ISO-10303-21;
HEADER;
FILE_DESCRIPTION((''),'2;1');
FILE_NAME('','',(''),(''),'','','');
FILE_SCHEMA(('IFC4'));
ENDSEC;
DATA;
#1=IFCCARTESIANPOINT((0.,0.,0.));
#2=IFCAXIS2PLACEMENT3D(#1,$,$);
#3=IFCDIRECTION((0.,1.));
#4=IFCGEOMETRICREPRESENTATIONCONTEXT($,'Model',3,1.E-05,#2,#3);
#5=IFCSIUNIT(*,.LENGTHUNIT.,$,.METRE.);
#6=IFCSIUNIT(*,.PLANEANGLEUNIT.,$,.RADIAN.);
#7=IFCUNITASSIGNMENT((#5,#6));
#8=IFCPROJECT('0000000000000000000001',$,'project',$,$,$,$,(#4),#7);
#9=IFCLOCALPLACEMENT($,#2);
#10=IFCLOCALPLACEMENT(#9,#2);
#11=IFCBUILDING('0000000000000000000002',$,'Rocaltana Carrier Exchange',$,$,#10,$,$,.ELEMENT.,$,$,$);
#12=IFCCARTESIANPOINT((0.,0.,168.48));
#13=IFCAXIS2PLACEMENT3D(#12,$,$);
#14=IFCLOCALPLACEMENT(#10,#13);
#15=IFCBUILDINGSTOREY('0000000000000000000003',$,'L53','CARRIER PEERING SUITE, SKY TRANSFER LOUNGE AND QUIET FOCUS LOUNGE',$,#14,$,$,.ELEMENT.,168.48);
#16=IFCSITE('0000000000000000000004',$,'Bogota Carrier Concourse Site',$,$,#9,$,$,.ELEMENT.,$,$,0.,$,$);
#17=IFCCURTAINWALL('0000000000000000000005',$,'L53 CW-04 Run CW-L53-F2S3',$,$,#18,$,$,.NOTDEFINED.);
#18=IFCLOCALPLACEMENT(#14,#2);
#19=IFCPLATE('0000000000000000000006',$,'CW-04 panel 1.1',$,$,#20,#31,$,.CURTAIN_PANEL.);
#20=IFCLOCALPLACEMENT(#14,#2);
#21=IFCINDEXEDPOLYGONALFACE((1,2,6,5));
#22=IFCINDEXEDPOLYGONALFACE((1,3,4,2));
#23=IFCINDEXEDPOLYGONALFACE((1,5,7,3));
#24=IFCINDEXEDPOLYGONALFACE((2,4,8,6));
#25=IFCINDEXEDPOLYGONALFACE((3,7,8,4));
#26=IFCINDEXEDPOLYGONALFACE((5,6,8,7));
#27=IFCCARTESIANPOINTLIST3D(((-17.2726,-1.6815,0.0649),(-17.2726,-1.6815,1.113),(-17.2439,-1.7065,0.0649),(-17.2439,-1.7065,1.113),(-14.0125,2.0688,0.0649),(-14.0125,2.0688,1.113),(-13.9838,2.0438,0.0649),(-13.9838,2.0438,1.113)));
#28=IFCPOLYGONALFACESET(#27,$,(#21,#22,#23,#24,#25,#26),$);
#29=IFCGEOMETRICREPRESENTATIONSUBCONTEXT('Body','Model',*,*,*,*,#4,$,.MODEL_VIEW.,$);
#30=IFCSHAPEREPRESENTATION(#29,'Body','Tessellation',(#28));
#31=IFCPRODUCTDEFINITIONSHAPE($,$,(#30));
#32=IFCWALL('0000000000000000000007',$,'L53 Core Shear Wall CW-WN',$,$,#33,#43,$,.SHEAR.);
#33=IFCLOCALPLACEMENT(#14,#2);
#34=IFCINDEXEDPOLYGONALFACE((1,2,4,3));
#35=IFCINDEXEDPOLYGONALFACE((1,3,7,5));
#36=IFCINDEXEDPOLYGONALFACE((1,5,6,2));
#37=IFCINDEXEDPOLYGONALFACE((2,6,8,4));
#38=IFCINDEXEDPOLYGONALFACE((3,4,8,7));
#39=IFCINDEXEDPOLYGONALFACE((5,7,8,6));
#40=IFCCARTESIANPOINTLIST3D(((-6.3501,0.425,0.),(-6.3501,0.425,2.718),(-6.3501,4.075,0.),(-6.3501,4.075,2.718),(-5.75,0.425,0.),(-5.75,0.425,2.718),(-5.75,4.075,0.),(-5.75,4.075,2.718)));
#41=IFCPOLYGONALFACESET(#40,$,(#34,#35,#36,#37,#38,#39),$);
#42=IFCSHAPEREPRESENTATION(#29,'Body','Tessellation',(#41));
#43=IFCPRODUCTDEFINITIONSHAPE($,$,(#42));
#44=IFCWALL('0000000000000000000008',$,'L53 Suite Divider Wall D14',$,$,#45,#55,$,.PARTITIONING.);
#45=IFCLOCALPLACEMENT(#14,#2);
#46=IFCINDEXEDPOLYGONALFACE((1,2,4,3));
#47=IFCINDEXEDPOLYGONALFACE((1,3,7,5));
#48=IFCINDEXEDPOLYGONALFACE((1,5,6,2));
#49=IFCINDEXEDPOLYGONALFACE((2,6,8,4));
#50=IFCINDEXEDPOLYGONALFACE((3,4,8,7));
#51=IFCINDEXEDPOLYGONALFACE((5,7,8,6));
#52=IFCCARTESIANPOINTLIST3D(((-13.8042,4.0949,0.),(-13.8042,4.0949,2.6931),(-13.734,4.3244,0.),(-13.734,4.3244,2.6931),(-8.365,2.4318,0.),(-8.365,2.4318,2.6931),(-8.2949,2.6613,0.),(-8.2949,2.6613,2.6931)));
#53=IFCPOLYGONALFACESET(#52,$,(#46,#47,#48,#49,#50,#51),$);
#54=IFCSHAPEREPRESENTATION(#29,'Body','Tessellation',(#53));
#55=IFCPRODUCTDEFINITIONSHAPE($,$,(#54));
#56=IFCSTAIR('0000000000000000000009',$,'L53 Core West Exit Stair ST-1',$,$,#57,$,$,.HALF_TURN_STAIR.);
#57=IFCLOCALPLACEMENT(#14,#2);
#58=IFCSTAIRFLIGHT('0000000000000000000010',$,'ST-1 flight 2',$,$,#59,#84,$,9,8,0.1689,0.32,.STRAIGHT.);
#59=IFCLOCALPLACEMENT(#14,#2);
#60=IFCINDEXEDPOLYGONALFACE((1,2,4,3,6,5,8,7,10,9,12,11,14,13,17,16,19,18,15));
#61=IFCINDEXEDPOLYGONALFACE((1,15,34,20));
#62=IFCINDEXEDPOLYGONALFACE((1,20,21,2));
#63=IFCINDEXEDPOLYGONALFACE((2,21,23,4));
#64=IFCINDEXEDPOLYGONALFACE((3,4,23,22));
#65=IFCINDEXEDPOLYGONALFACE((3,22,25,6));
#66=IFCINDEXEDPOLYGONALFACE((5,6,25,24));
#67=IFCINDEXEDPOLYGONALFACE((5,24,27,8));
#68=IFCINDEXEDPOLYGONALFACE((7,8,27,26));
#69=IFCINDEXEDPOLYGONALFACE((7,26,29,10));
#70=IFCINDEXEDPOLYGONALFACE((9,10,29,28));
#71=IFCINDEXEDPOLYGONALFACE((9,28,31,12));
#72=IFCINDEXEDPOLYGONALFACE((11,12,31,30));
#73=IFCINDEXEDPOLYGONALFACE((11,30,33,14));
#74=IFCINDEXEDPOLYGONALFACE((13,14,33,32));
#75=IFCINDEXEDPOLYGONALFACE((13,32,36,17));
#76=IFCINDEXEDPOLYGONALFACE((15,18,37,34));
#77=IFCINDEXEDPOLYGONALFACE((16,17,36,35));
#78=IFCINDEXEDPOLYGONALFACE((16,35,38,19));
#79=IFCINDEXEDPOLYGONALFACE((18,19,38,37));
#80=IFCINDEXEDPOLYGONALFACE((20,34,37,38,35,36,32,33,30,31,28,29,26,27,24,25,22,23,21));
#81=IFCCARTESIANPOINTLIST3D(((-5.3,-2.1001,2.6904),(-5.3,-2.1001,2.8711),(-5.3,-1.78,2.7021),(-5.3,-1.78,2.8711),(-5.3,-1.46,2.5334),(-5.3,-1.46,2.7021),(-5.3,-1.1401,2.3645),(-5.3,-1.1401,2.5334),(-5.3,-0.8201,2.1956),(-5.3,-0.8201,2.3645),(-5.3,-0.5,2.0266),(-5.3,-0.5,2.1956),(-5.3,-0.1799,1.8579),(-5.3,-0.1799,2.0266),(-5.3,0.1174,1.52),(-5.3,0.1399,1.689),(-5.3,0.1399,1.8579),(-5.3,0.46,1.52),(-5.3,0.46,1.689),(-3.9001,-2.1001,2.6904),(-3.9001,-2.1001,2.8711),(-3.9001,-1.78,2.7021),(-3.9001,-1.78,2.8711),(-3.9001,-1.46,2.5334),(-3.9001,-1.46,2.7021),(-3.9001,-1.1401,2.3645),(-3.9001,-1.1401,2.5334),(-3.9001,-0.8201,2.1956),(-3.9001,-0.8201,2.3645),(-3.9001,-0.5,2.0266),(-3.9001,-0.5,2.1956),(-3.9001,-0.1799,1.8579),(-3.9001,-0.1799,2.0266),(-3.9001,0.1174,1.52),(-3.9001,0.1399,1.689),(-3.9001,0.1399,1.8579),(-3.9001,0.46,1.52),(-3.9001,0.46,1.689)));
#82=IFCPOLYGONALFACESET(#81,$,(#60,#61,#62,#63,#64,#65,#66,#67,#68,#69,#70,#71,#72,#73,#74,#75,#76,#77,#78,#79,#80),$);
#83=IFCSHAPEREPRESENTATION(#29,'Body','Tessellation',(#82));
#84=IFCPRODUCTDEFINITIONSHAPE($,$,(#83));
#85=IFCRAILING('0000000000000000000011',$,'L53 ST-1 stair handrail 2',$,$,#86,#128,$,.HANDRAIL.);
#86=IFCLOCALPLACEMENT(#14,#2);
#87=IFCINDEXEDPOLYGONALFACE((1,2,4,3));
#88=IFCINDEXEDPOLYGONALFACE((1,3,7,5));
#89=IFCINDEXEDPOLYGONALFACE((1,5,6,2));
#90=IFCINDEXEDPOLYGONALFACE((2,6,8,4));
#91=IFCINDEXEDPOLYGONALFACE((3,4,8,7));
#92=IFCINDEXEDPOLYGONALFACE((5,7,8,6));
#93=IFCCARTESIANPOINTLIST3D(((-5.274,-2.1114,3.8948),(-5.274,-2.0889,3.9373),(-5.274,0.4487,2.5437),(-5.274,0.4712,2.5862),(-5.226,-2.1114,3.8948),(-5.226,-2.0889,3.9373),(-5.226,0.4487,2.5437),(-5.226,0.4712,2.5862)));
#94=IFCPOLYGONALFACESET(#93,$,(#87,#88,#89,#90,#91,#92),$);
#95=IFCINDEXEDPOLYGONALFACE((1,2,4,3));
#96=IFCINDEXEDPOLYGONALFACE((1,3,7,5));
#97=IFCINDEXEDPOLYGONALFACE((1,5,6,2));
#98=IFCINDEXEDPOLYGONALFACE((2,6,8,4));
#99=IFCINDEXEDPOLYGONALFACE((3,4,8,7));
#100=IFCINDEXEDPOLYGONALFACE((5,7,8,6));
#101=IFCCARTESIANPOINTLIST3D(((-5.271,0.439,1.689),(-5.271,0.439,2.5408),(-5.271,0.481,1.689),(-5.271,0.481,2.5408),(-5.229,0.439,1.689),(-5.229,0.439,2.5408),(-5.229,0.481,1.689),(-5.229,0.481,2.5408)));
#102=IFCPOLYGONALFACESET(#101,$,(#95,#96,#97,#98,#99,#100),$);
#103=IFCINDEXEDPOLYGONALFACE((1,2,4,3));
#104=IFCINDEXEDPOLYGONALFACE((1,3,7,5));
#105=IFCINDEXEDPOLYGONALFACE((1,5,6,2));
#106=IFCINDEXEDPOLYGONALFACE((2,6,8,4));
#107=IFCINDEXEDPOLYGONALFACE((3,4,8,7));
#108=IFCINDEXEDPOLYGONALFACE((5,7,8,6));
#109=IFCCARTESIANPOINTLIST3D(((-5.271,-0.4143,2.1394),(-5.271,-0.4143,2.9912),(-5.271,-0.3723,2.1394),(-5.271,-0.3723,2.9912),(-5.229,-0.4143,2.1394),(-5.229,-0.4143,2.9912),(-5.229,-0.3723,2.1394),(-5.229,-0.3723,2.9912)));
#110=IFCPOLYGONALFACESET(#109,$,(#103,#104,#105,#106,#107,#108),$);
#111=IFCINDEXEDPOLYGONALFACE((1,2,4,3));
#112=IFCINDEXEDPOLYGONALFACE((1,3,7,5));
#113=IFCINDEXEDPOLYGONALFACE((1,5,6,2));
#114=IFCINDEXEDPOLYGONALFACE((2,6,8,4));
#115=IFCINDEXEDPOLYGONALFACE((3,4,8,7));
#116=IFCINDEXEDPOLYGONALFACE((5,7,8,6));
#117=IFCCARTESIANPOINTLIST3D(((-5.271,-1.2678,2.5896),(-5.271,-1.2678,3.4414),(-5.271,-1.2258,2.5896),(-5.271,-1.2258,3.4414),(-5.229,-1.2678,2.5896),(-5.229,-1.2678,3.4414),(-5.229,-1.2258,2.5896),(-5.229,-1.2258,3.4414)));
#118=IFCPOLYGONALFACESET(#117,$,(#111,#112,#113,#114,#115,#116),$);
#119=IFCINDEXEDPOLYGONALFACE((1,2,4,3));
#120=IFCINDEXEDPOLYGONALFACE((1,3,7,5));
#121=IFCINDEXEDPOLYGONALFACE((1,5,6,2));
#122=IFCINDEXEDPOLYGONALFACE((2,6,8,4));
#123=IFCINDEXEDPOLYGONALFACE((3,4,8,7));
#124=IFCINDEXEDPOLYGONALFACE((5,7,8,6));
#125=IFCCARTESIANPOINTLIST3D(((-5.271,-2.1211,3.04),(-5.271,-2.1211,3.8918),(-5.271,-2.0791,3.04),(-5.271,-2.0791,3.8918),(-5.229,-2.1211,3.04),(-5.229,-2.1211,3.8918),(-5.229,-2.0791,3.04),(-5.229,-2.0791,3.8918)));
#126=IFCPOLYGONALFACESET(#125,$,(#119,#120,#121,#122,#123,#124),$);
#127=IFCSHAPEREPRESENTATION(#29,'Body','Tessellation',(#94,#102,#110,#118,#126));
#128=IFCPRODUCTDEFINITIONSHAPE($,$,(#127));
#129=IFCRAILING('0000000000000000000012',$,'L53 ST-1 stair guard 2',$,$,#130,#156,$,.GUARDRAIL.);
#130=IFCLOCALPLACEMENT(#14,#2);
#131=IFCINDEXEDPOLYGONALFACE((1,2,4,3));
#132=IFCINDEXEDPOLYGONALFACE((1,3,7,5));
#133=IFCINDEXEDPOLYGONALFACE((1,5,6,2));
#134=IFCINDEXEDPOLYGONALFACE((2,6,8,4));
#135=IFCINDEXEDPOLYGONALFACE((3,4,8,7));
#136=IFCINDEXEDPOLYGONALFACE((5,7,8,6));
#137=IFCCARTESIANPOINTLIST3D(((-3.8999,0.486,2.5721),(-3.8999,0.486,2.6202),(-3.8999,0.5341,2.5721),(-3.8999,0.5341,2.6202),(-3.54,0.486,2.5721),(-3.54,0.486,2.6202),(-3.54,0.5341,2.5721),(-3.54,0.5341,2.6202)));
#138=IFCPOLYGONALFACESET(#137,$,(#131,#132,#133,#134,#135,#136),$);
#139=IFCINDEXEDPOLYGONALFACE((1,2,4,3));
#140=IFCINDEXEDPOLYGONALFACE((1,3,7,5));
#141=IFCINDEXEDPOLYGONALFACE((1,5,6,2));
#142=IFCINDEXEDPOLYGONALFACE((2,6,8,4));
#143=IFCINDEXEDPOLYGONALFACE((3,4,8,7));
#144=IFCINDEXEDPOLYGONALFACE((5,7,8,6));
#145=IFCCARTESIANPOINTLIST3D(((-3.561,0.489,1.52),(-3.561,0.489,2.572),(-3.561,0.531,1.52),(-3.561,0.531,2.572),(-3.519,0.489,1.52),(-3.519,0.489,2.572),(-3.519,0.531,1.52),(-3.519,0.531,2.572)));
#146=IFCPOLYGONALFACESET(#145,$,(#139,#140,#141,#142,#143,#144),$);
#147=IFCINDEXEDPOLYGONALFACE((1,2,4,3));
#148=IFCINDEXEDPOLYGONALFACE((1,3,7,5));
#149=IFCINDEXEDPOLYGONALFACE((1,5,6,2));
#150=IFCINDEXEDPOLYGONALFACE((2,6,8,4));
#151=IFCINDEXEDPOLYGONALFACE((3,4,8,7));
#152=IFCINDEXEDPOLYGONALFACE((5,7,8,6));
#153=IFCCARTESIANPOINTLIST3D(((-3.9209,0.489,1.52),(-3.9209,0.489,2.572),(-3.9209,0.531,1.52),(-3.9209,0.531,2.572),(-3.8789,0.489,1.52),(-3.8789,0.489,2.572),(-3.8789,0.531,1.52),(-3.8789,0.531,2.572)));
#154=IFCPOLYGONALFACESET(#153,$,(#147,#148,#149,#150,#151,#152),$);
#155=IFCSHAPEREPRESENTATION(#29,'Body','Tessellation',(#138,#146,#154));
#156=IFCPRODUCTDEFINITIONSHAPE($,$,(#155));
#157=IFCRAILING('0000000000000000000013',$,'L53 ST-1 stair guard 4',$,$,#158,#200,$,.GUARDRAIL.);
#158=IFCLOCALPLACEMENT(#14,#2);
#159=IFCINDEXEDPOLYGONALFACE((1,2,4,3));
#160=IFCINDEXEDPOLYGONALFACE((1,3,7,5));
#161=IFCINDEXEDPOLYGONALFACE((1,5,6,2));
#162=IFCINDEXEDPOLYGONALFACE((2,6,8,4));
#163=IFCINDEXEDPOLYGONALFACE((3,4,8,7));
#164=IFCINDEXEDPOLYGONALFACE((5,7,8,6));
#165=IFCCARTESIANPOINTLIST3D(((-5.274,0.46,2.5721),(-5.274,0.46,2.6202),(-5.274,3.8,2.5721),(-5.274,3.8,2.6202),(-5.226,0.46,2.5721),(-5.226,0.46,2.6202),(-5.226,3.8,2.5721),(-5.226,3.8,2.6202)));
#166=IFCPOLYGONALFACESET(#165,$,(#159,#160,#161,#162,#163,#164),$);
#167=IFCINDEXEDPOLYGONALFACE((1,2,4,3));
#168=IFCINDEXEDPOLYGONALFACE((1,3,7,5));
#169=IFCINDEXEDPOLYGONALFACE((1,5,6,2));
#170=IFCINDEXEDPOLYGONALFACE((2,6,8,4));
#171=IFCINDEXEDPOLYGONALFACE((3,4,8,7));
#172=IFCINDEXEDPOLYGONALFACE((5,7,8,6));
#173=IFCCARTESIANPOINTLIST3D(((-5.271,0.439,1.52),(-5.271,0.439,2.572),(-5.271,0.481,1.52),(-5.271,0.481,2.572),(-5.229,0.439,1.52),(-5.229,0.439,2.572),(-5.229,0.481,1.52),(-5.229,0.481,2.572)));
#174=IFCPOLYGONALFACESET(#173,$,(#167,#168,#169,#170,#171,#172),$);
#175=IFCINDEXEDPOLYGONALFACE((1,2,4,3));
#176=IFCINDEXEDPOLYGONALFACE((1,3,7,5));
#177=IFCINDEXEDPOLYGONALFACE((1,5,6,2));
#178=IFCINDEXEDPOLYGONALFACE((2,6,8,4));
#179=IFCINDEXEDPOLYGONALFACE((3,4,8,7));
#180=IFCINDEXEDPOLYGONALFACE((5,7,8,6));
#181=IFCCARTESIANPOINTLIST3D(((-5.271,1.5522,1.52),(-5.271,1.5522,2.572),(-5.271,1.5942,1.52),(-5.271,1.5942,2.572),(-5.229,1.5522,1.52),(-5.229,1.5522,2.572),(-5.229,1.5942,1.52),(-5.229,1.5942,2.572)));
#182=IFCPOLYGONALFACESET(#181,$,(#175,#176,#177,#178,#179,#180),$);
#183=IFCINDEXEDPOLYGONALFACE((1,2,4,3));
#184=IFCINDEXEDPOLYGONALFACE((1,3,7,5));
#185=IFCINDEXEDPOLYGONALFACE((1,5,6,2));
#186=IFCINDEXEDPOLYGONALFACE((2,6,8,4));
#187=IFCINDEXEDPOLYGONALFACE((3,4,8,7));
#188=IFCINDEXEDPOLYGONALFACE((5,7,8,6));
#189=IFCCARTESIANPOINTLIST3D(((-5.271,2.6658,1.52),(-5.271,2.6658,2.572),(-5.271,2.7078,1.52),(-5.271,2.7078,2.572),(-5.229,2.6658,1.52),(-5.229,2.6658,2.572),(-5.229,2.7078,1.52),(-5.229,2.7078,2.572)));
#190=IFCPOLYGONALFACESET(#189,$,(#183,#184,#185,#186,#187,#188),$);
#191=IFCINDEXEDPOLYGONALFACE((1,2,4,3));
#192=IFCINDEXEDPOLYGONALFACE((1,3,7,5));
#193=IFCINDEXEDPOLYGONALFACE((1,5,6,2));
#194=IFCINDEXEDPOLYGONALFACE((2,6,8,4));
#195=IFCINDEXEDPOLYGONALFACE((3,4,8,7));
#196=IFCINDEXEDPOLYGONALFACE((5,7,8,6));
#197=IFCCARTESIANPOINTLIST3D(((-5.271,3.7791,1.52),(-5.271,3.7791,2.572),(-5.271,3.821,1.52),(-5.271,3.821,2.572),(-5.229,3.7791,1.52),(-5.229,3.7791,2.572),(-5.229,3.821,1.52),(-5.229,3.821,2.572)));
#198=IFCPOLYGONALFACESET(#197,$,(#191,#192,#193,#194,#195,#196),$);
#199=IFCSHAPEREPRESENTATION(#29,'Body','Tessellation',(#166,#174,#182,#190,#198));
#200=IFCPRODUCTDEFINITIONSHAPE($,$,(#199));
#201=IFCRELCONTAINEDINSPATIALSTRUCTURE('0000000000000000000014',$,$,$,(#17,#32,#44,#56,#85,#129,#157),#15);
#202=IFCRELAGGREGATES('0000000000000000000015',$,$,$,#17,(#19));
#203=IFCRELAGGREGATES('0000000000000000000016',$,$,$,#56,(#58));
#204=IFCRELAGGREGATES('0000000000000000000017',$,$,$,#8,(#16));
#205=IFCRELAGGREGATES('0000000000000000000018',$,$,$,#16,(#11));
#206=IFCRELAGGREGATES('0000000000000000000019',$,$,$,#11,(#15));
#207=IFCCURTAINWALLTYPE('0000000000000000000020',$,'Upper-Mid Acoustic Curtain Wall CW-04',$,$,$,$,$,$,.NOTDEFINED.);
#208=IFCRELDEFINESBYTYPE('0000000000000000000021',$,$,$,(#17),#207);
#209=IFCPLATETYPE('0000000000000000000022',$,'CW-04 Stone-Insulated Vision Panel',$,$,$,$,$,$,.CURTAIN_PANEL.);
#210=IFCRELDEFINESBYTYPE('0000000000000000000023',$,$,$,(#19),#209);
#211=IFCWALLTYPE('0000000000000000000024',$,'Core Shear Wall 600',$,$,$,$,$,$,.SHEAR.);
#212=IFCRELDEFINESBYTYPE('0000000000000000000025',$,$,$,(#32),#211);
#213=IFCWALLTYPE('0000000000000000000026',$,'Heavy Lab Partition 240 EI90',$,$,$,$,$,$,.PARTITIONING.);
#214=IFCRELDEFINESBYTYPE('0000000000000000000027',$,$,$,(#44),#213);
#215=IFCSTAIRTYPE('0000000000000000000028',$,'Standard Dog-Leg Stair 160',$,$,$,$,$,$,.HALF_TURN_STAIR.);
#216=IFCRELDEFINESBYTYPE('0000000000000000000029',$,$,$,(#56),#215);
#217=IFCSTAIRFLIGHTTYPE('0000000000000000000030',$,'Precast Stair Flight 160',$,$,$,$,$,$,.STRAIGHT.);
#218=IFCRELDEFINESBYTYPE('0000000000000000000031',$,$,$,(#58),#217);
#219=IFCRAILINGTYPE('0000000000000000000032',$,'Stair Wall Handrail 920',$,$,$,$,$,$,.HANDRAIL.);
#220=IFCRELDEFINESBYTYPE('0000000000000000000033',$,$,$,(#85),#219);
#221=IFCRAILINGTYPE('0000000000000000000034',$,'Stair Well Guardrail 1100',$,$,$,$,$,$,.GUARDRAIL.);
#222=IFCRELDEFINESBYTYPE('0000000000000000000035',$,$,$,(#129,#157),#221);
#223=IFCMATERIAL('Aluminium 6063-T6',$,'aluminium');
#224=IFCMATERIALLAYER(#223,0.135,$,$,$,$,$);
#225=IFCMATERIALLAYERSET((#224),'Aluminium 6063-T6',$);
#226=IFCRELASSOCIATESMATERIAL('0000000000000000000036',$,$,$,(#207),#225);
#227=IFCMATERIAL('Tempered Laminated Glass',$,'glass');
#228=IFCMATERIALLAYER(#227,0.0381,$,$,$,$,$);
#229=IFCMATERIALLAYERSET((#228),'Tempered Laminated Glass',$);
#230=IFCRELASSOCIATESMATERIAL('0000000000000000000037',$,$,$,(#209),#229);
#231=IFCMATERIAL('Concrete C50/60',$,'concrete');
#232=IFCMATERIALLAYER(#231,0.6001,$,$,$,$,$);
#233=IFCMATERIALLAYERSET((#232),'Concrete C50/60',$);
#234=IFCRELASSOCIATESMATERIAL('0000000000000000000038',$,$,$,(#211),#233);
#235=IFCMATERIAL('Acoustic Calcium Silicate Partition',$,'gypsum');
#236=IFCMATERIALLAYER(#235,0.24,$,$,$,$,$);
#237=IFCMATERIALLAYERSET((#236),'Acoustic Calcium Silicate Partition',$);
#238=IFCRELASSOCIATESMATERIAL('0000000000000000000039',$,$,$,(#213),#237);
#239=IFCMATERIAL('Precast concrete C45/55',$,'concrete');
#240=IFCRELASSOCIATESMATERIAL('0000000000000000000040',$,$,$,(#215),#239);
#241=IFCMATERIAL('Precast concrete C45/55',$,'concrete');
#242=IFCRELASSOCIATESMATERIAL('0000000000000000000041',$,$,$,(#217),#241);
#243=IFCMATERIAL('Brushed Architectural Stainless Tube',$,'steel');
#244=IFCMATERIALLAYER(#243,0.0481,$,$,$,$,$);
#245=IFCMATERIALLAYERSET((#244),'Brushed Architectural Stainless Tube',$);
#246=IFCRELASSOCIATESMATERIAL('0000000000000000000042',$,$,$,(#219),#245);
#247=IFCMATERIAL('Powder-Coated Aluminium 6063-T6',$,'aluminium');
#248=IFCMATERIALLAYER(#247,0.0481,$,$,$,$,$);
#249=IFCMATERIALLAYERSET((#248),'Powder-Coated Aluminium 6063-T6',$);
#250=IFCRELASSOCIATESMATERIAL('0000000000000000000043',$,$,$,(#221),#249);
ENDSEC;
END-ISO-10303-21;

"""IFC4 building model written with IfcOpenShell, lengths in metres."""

from ifc_helpers import new_model, si_unit, direction, frame, frame_2d, origin, origin_2d, place, context, subcontext, project, spatial, polyline, rectangle, outline, extrude, material, layer, layer_set, type_object, element, aggregate, save


model = new_model("IFC4")

# Units and contexts
model_context = context("Model", 3, precision=1e-05, world=origin(), true_north=direction((0.0, 1.0)))
body_context = subcontext(model_context, "Body", "Model", "MODEL_VIEW")
ifc_project = project(units=[si_unit("LENGTHUNIT", "METRE"), si_unit("PLANEANGLEUNIT", "RADIAN")], contexts=[model_context])

# Site, building, storey
site_placement = place(None, origin())
site = spatial("IfcSite", under=ifc_project, at=site_placement, Name="Bogota Carrier Concourse Site", CompositionType="ELEMENT", RefElevation=0.0)
building_placement = place(site_placement, origin())
building = spatial("IfcBuilding", under=site, at=building_placement, Name="Rocaltana Carrier Exchange", CompositionType="ELEMENT")
storey_placement = place(building_placement, frame((0.0, 0.0, 168.48)))
storey = spatial("IfcBuildingStorey", under=building, at=storey_placement, Name="L53", Description="CARRIER PEERING SUITE, SKY TRANSFER LOUNGE AND QUIET FOCUS LOUNGE", CompositionType="ELEMENT", Elevation=168.48)

# Curtain wall
ifc_material_1 = material(Name="Aluminium 6063-T6", Category="aluminium")
ifc_layer_1 = layer(ifc_material_1, 0.135)
ifc_layer_set_1 = layer_set([ifc_layer_1], Name="Aluminium 6063-T6")
curtain_wall_type = type_object("IfcCurtainWallType", Name="Upper-Mid Acoustic Curtain Wall CW-04", PredefinedType="NOTDEFINED", material=ifc_layer_set_1)
curtain_wall_placement = place(storey_placement, origin())
curtain_wall = element("IfcCurtainWall", 1, at=curtain_wall_placement, inside=storey, type_object=curtain_wall_type, Name="L53 CW-04 Run CW-L53-F2S3", PredefinedType="NOTDEFINED")

# Plate
ifc_material_2 = material(Name="Tempered Laminated Glass", Category="glass")
ifc_layer_2 = layer(ifc_material_2, 0.0381)
ifc_layer_set_2 = layer_set([ifc_layer_2], Name="Tempered Laminated Glass")
plate_type = type_object("IfcPlateType", Name="CW-04 Stone-Insulated Vision Panel", PredefinedType="CURTAIN_PANEL", material=ifc_layer_set_2)
plate_placement = place(storey_placement, frame((-15.6282, 0.1812, 0.0649), z_axis=(0.0, 0.0, 1.0), x_axis=(-0.656057, -0.754712, 0.0)))
plate = element("IfcPlate", 2, at=plate_placement, type_object=plate_type, Name="CW-04 panel 1.1", PredefinedType="CURTAIN_PANEL", context=body_context, shape_type="SweptSolid", body=[
    extrude(rectangle(XDim=4.9692, YDim=0.0381, at=origin_2d()), origin(), (0.0, 0.0, 1.0), 1.0481),
])
aggregate(curtain_wall, [plate])

# Walls
ifc_material_3 = material(Name="Concrete C50/60", Category="concrete")
ifc_layer_3 = layer(ifc_material_3, 0.6001)
ifc_layer_set_3 = layer_set([ifc_layer_3], Name="Concrete C50/60")
wall_type_1 = type_object("IfcWallType", Name="Core Shear Wall 600", PredefinedType="SHEAR", material=ifc_layer_set_3)
wall_1_placement = place(storey_placement, frame((-6.05, 0.425, 0.0), z_axis=(0.0, 0.0, 1.0), x_axis=(0.0, 1.0, 0.0)))
element("IfcWall", 3, at=wall_1_placement, inside=storey, type_object=wall_type_1, Name="L53 Core Shear Wall CW-WN", PredefinedType="SHEAR", context=body_context, shape_type="SweptSolid", body=[
    extrude(rectangle(XDim=3.6499, YDim=0.6001, at=frame_2d((1.825, 0.0))), origin(), (0.0, 0.0, 1.0), 2.718),
])
ifc_material_4 = material(Name="Acoustic Calcium Silicate Partition", Category="gypsum")
ifc_layer_4 = layer(ifc_material_4, 0.24)
ifc_layer_set_4 = layer_set([ifc_layer_4], Name="Acoustic Calcium Silicate Partition")
wall_type_2 = type_object("IfcWallType", Name="Heavy Lab Partition 240 EI90", PredefinedType="PARTITIONING", material=ifc_layer_set_4)
wall_2_placement = place(storey_placement, frame((-8.3301, 2.5466, 0.0), z_axis=(0.0, 0.0, 1.0), x_axis=(-0.956297, 0.292396, 0.0)))
element("IfcWall", 4, at=wall_2_placement, inside=storey, type_object=wall_type_2, Name="L53 Suite Divider Wall D14", PredefinedType="PARTITIONING", context=body_context, shape_type="SweptSolid", body=[
    extrude(rectangle(XDim=5.6877, YDim=0.24, at=frame_2d((2.8438, 0.0))), origin(), (0.0, 0.0, 1.0), 2.6931),
])

# Stair, stair flight
ifc_material_5 = material(Name="Precast concrete C45/55", Category="concrete")
stair_type = type_object("IfcStairType", Name="Standard Dog-Leg Stair 160", PredefinedType="HALF_TURN_STAIR", material=ifc_material_5)
stair_placement = place(storey_placement, origin())
stair = element("IfcStair", 5, at=stair_placement, inside=storey, type_object=stair_type, Name="L53 Core West Exit Stair ST-1", PredefinedType="HALF_TURN_STAIR")
ifc_material_6 = material(Name="Precast concrete C45/55", Category="concrete")
stair_flight_type = type_object("IfcStairFlightType", Name="Precast Stair Flight 160", PredefinedType="STRAIGHT", material=ifc_material_6)
stair_flight_placement = place(storey_placement, frame((-4.6001, 0.46, 1.52), z_axis=(0.0, 0.0, 1.0), x_axis=(0.0, -1.0, 0.0)))
stair_flight = element("IfcStairFlight", 6, at=stair_flight_placement, type_object=stair_flight_type, Name="ST-1 flight 2", NumberOfRisers=9, NumberOfTreads=8, PredefinedType="STRAIGHT", RiserHeight=0.1689, TreadLength=0.32, context=body_context, shape_type="SweptSolid", body=[
    extrude(outline(polyline([(0.0, 0.0), (0.0, 0.1689), (0.3201, 0.1689), (0.3201, 0.3379), (0.6399, 0.3379), (0.6399, 0.5066), (0.96, 0.5066), (0.96, 0.6755), (1.28, 0.6755), (1.28, 0.8445), (1.6001, 0.8445), (1.6001, 1.0134), (1.9199, 1.0134), (1.9199, 1.1821), (2.24, 1.1821), (2.24, 1.3511), (2.5601, 1.3511), (2.5601, 1.52), (2.5601, 1.1704), (0.3425, 0.0), (0.0, 0.0)])), frame((0.0, 0.7, 0.0), z_axis=(0.0, -1.0, 0.0), x_axis=(1.0, 0.0, 0.0)), (0.0, 0.0, 1.0), 1.3999),
])
aggregate(stair, [stair_flight])

# Railings
ifc_material_7 = material(Name="Brushed Architectural Stainless Tube", Category="steel")
ifc_layer_5 = layer(ifc_material_7, 0.0481)
ifc_layer_set_5 = layer_set([ifc_layer_5], Name="Brushed Architectural Stainless Tube")
railing_type_1 = type_object("IfcRailingType", Name="Stair Wall Handrail 920", PredefinedType="HANDRAIL", material=ifc_layer_set_5)
railing_1_placement = place(storey_placement, frame((-5.25, 0.46, 1.689)))
element("IfcRailing", 7, at=railing_1_placement, inside=storey, type_object=railing_type_1, Name="L53 ST-1 stair handrail 2", PredefinedType="HANDRAIL", context=body_context, shape_type="SweptSolid", body=[
    extrude(rectangle(XDim=0.0481, YDim=0.0481, at=origin_2d()), frame((0.0, 0.0, 0.876), z_axis=(0.0, -0.884394, 0.46674), x_axis=(1.0, 0.0, 0.0)), (0.0, 0.0, 1.0), 2.8948),
    extrude(rectangle(XDim=0.042, YDim=0.042, at=origin_2d()), origin(), (0.0, 0.0, 1.0), 0.8518),
    extrude(rectangle(XDim=0.042, YDim=0.042, at=origin_2d()), frame((0.0, -0.8533, 0.4504)), (0.0, 0.0, 1.0), 0.8518),
    extrude(rectangle(XDim=0.042, YDim=0.042, at=origin_2d()), frame((0.0, -1.7068, 0.9006)), (0.0, 0.0, 1.0), 0.8518),
    extrude(rectangle(XDim=0.042, YDim=0.042, at=origin_2d()), frame((0.0, -2.5601, 1.3511)), (0.0, 0.0, 1.0), 0.8518),
])
ifc_material_8 = material(Name="Powder-Coated Aluminium 6063-T6", Category="aluminium")
ifc_layer_6 = layer(ifc_material_8, 0.0481)
ifc_layer_set_6 = layer_set([ifc_layer_6], Name="Powder-Coated Aluminium 6063-T6")
railing_type_2 = type_object("IfcRailingType", Name="Stair Well Guardrail 1100", PredefinedType="GUARDRAIL", material=ifc_layer_set_6)
railing_2_placement = place(storey_placement, frame((-3.54, 0.51, 1.52)))
element("IfcRailing", 8, at=railing_2_placement, inside=storey, type_object=railing_type_2, Name="L53 ST-1 stair guard 2", PredefinedType="GUARDRAIL", context=body_context, shape_type="SweptSolid", body=[
    extrude(rectangle(XDim=0.0481, YDim=0.0481, at=origin_2d()), frame((0.0, 0.0, 1.0762), z_axis=(-1.0, 0.0, 0.0), x_axis=(0.0, -1.0, 0.0)), (0.0, 0.0, 1.0), 0.3599),
    extrude(rectangle(XDim=0.042, YDim=0.042, at=origin_2d()), origin(), (0.0, 0.0, 1.0), 1.052),
    extrude(rectangle(XDim=0.042, YDim=0.042, at=origin_2d()), frame((-0.3599, 0.0, 0.0)), (0.0, 0.0, 1.0), 1.052),
])
railing_3_placement = place(storey_placement, frame((-5.25, 0.46, 1.52)))
element("IfcRailing", 9, at=railing_3_placement, inside=storey, type_object=railing_type_2, Name="L53 ST-1 stair guard 4", PredefinedType="GUARDRAIL", context=body_context, shape_type="SweptSolid", body=[
    extrude(rectangle(XDim=0.0481, YDim=0.0481, at=origin_2d()), frame((0.0, 0.0, 1.0762), z_axis=(0.0, 1.0, 0.0), x_axis=(-1.0, 0.0, 0.0)), (0.0, 0.0, 1.0), 3.3401),
    extrude(rectangle(XDim=0.042, YDim=0.042, at=origin_2d()), origin(), (0.0, 0.0, 1.0), 1.052),
    extrude(rectangle(XDim=0.042, YDim=0.042, at=origin_2d()), frame((0.0, 1.1133, 0.0)), (0.0, 0.0, 1.0), 1.052),
    extrude(rectangle(XDim=0.042, YDim=0.042, at=origin_2d()), frame((0.0, 2.2268, 0.0)), (0.0, 0.0, 1.0), 1.052),
    extrude(rectangle(XDim=0.042, YDim=0.042, at=origin_2d()), frame((0.0, 3.3401, 0.0)), (0.0, 0.0, 1.0), 1.052),
])

save(model, "model.ifc")
